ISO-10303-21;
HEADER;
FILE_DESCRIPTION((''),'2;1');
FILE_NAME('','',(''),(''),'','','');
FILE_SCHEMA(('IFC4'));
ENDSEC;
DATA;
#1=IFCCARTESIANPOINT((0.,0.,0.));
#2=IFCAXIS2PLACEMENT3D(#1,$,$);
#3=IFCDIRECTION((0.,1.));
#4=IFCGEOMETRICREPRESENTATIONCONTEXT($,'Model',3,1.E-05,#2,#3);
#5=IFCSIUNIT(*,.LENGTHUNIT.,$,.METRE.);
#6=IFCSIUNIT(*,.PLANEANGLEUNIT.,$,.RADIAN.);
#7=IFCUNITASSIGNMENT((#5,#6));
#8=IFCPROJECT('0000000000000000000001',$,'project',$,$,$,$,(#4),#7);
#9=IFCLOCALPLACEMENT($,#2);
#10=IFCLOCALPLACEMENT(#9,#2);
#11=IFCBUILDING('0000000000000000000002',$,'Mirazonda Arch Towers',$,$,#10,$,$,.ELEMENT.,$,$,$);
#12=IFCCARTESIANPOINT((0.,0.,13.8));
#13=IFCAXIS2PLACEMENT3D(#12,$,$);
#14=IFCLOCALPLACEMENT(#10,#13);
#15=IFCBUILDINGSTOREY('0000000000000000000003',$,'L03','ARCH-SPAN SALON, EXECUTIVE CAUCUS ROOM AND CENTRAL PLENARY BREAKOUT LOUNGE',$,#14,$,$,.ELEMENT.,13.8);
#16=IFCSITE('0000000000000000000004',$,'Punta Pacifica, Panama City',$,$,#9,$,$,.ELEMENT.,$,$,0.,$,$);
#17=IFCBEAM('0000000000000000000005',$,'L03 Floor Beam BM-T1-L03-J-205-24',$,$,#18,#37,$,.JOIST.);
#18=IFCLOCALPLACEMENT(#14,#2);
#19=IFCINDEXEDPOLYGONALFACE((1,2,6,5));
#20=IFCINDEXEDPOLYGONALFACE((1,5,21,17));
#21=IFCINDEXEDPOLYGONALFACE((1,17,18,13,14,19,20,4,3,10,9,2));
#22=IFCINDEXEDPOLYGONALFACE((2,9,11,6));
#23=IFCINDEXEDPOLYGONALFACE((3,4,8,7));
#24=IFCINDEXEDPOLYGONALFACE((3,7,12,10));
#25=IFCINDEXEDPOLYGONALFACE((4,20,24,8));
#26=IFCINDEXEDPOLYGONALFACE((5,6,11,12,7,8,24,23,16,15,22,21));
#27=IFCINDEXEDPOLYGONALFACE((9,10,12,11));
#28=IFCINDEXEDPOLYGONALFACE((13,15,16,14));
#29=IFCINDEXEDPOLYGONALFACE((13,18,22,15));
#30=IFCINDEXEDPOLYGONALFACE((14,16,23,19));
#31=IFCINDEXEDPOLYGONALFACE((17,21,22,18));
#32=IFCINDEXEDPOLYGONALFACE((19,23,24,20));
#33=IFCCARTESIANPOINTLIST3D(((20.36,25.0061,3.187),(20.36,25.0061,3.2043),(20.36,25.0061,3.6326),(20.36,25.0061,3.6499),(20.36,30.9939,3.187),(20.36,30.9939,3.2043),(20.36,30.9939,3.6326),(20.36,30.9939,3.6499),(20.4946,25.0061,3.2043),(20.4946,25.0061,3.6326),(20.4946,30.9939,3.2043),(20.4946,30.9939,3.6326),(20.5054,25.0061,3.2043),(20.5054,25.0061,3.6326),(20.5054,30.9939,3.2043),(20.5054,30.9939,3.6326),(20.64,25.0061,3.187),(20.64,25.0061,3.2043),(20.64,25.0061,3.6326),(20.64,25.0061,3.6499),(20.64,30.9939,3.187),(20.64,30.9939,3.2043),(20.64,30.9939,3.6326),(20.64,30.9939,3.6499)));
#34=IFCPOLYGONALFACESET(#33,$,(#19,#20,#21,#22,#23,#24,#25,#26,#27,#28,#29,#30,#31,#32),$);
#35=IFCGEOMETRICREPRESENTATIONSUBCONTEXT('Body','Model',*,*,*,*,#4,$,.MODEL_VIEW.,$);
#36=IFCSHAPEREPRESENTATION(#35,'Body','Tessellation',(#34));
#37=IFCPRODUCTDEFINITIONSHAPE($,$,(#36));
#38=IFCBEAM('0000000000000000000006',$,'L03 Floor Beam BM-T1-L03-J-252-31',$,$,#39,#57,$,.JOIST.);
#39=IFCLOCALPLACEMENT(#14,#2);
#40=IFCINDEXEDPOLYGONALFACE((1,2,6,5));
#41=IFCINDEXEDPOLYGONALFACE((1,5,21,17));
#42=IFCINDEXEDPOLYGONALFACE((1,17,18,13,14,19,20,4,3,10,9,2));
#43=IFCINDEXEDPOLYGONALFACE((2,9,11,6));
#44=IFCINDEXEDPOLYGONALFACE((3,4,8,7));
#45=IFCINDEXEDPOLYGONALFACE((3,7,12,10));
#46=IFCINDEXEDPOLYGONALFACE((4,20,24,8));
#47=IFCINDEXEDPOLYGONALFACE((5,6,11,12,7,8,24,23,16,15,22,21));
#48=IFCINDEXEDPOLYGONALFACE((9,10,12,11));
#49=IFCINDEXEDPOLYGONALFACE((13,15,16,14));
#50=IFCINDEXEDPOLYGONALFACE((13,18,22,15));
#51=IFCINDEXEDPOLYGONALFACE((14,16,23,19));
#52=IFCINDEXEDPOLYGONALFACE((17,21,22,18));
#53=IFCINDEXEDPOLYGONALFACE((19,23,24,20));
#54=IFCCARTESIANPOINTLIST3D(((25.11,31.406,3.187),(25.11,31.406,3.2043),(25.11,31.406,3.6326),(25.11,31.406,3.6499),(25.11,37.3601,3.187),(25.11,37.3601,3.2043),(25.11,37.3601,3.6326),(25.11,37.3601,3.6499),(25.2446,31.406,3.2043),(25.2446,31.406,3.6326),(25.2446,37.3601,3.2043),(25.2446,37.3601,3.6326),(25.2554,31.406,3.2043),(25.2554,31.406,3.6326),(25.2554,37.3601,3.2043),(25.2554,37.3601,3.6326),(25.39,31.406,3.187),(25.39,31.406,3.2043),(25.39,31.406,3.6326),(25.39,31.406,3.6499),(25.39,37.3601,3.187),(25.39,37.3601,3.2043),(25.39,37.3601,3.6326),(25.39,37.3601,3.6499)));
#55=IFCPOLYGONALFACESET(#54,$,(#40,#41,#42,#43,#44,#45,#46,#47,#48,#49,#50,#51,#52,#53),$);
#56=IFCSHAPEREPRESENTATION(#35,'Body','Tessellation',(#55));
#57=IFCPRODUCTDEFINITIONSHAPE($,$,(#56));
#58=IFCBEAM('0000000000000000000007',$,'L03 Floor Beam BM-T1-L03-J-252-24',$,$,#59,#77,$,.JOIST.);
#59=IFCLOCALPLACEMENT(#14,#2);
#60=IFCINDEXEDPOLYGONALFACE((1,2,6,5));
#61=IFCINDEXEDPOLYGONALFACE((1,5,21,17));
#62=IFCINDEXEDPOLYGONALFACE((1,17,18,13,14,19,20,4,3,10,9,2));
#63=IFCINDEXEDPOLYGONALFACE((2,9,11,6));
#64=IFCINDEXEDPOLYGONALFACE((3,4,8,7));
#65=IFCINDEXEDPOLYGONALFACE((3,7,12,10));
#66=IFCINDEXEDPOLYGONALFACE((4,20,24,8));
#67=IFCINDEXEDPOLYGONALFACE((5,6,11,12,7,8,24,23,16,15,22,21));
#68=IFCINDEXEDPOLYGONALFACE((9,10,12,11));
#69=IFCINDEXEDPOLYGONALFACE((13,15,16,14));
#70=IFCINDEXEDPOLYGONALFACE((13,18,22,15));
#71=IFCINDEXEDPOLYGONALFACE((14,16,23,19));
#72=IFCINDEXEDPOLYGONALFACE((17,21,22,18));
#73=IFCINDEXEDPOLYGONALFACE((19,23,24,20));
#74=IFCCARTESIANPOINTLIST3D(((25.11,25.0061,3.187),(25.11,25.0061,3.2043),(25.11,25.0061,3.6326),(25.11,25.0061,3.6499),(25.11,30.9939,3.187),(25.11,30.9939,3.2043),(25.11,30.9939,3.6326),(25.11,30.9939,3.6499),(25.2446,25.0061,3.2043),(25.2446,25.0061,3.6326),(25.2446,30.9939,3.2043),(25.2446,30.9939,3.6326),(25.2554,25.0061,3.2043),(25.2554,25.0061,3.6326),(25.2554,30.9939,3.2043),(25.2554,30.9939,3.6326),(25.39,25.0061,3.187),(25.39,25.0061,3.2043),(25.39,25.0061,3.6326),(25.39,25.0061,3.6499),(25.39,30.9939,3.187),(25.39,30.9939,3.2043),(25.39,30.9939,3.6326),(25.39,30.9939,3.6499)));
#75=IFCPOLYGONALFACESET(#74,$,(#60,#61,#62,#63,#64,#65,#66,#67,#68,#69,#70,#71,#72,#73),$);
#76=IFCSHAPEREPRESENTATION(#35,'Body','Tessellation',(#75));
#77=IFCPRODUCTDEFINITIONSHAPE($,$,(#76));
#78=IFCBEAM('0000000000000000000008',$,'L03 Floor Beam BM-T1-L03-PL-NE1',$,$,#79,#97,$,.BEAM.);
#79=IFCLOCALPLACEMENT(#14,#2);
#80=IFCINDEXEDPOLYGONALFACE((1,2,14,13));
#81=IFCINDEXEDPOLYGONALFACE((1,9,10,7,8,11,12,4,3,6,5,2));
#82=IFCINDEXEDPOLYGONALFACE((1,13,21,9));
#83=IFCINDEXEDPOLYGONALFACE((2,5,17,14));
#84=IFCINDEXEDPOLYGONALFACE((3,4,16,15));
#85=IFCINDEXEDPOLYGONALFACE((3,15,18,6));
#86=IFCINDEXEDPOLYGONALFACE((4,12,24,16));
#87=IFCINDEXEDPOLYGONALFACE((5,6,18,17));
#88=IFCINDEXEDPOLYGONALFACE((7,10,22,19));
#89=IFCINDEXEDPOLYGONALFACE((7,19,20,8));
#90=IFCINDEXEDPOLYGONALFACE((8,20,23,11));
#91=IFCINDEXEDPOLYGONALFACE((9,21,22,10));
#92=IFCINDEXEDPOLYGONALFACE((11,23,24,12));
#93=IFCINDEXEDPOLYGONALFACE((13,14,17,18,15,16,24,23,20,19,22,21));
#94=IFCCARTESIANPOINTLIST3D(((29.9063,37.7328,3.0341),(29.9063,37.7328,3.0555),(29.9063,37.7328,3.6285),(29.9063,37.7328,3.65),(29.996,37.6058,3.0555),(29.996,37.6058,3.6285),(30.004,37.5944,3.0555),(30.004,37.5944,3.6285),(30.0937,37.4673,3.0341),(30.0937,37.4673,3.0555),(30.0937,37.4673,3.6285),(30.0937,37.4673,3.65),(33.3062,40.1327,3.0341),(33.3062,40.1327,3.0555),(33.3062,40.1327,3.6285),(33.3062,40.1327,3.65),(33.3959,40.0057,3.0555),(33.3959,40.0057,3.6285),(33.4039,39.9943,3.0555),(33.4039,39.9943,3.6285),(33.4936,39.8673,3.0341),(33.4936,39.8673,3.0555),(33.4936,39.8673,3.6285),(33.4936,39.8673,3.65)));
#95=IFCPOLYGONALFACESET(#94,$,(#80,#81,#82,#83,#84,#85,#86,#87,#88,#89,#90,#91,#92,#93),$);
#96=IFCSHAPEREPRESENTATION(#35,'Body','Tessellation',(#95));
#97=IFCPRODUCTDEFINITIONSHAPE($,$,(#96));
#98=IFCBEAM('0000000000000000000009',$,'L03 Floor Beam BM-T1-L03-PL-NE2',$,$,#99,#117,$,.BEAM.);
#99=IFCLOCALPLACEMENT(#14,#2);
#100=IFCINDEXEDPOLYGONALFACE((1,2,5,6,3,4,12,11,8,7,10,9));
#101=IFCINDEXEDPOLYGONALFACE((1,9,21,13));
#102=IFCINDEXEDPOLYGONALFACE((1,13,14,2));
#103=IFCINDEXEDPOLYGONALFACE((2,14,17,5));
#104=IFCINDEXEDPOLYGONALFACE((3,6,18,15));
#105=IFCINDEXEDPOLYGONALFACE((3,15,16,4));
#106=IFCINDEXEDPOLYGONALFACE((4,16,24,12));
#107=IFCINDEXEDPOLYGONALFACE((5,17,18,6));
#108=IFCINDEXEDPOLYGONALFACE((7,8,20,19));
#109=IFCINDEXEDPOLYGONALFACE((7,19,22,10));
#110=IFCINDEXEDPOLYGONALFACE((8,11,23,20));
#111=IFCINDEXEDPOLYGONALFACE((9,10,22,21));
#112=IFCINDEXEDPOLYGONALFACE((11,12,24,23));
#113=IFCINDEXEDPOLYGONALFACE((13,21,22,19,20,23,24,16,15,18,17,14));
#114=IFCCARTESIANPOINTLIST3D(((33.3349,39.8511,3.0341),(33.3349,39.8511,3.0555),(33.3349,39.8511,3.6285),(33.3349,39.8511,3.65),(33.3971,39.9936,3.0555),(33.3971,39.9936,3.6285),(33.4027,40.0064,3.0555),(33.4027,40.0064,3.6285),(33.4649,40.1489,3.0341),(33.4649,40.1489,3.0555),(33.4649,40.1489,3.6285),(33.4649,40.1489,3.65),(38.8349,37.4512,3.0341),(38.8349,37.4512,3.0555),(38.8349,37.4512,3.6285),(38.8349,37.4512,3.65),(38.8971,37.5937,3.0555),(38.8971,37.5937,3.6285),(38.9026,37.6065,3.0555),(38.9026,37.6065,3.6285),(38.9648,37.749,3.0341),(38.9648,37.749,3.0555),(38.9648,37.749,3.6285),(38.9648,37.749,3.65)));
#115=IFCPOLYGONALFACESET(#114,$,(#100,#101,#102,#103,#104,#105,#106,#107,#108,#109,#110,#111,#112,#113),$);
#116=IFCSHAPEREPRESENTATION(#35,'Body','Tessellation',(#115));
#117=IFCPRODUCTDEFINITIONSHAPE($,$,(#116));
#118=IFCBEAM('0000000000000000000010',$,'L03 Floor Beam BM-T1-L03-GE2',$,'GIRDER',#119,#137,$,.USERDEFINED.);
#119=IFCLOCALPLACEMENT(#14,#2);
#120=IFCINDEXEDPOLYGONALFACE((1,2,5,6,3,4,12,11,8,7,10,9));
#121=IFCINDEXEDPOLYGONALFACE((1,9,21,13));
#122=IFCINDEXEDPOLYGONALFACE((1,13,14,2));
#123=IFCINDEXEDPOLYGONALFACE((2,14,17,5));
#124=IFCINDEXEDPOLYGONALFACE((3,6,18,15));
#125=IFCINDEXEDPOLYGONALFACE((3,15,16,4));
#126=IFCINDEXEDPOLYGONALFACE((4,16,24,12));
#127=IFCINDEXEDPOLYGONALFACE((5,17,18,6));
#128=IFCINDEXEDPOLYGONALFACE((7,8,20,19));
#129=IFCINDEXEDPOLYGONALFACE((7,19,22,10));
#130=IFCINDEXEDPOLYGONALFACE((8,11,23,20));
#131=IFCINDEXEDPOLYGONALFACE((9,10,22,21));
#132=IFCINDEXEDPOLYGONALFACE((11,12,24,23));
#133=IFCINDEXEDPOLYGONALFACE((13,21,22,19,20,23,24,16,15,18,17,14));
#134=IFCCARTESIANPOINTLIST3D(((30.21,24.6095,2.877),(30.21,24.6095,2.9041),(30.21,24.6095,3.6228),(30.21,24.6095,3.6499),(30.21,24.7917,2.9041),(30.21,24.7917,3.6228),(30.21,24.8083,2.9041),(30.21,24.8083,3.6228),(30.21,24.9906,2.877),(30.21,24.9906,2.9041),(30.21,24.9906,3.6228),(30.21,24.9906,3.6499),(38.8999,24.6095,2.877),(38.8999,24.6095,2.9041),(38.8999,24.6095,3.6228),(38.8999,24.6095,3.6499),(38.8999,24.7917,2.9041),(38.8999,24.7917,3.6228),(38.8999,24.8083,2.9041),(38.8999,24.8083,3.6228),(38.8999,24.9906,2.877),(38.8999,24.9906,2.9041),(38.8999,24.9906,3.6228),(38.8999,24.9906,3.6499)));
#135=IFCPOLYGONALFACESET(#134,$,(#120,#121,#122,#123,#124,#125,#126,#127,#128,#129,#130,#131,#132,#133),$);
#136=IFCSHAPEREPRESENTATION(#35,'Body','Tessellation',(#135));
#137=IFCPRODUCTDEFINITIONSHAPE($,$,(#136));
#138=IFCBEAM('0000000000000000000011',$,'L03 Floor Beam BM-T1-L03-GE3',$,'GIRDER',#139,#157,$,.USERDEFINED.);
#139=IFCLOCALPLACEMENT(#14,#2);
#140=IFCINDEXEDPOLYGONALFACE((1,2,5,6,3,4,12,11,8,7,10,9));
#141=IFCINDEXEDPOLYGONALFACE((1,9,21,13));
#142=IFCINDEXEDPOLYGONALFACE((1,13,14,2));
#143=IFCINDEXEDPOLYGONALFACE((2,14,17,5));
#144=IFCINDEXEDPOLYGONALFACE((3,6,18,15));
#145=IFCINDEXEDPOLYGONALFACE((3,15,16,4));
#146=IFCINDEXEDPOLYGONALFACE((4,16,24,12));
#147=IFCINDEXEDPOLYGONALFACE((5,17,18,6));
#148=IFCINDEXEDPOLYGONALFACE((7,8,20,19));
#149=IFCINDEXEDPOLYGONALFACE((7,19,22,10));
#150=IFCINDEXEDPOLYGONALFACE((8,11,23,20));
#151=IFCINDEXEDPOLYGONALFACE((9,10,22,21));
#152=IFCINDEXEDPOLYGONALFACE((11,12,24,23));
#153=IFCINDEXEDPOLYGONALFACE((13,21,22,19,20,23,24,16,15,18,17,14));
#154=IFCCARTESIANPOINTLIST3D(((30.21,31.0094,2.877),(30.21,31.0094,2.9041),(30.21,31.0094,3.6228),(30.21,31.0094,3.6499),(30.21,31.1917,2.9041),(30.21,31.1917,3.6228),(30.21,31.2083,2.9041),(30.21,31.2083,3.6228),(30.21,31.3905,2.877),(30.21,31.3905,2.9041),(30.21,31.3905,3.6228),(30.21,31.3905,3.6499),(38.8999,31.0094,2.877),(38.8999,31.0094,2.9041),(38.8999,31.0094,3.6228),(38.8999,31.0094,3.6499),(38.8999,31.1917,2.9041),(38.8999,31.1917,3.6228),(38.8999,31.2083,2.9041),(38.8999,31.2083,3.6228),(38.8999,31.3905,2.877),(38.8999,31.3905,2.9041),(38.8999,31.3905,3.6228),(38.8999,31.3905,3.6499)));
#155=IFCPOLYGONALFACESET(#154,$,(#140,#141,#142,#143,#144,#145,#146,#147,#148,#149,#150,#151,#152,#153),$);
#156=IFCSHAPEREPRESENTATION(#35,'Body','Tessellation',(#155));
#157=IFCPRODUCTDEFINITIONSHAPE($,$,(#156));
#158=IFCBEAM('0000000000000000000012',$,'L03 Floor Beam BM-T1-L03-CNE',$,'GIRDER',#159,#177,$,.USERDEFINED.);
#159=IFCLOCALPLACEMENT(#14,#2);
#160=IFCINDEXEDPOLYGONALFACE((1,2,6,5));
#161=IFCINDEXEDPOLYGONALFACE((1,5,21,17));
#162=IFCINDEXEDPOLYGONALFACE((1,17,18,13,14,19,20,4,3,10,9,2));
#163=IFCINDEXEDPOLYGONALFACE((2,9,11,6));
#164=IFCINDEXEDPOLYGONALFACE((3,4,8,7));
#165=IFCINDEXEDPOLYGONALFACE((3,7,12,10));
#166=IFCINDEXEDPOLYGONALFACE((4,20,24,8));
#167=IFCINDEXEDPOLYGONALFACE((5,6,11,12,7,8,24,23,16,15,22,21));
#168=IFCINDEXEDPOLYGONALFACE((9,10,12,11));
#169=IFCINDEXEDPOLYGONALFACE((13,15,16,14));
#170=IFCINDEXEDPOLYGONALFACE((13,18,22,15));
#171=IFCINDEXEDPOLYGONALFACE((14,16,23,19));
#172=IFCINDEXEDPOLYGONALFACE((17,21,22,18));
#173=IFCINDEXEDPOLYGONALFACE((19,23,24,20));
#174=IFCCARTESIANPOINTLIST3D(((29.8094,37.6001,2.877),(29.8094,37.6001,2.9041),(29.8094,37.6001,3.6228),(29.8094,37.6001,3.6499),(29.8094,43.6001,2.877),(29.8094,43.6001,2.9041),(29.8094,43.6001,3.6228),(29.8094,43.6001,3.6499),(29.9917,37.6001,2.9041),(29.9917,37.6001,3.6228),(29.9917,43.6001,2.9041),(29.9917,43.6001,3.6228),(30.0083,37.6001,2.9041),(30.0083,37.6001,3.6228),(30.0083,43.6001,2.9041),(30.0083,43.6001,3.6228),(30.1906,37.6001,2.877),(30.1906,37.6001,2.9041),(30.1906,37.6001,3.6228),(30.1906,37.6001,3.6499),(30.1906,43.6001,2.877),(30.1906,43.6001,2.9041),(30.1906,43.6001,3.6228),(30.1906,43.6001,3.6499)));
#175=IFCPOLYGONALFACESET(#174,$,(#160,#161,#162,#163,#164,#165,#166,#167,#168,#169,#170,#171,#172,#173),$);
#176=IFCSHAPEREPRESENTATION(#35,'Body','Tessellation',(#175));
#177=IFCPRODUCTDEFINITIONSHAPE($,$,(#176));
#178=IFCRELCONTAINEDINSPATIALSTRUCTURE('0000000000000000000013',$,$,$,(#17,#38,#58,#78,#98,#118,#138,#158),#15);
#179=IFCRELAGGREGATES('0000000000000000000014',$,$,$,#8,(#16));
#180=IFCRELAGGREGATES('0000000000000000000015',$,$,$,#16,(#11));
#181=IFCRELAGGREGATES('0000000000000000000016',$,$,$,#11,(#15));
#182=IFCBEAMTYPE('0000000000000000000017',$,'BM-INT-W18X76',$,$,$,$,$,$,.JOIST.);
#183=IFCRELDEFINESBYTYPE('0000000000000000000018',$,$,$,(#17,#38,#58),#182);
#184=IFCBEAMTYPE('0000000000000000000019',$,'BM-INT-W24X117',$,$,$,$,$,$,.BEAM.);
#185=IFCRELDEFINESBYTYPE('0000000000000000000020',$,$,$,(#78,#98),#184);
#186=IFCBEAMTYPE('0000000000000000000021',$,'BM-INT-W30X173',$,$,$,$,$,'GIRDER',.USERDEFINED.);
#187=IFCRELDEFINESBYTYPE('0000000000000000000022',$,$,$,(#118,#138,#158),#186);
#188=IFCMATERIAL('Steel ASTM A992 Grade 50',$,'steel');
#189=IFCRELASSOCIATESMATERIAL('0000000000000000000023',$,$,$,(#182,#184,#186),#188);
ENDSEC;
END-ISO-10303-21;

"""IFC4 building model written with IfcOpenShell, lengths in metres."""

from ifc_helpers import new_model, si_unit, direction, frame, origin, origin_2d, place, context, subcontext, project, spatial, i_section, extrude, material, material_profile, profile_set, type_object, element, save


model = new_model("IFC4")

# Units and contexts
model_context = context("Model", 3, precision=1e-05, world=origin(), true_north=direction((0.0, 1.0)))
body_context = subcontext(model_context, "Body", "Model", "MODEL_VIEW")
ifc_project = project(units=[si_unit("LENGTHUNIT", "METRE"), si_unit("PLANEANGLEUNIT", "RADIAN")], contexts=[model_context])

# Site, building, storey
site_placement = place(None, origin())
site = spatial("IfcSite", under=ifc_project, at=site_placement, Name="Punta Pacifica, Panama City", CompositionType="ELEMENT", RefElevation=0.0)
building_placement = place(site_placement, origin())
building = spatial("IfcBuilding", under=site, at=building_placement, Name="Mirazonda Arch Towers", CompositionType="ELEMENT")
storey_placement = place(building_placement, frame((0.0, 0.0, 13.8)))
storey = spatial("IfcBuildingStorey", under=building, at=storey_placement, Name="L03", Description="ARCH-SPAN SALON, EXECUTIVE CAUCUS ROOM AND CENTRAL PLENARY BREAKOUT LOUNGE", CompositionType="ELEMENT", Elevation=13.8)

# Beams
ifc_material_1 = material(Name="Steel ASTM A992 Grade 50", Category="steel")
ifc_material_profile_1 = material_profile(ifc_material_1, i_section(OverallWidth=0.28, OverallDepth=0.4629, WebThickness=0.0107, FlangeThickness=0.0173, at=origin_2d()), Name="W18X76")
ifc_profile_set_1 = profile_set([ifc_material_profile_1], Name="Steel ASTM A992 Grade 50")
beam_type_1 = type_object("IfcBeamType", Name="BM-INT-W18X76", PredefinedType="JOIST", material=ifc_profile_set_1)
beam_1_placement = place(storey_placement, frame((20.5, 25.0061, 3.4185), z_axis=(0.0, 1.0, 0.0), x_axis=(-1.0, 0.0, 0.0)))
element("IfcBeam", 1, at=beam_1_placement, inside=storey, type_object=beam_type_1, Name="L03 Floor Beam BM-T1-L03-J-205-24", PredefinedType="JOIST", context=body_context, shape_type="SweptSolid", body=[
    extrude(i_section(OverallWidth=0.28, OverallDepth=0.4629, WebThickness=0.0107, FlangeThickness=0.0173, at=origin_2d()), origin(), (0.0, 0.0, 1.0), 5.9878),
])
beam_2_placement = place(storey_placement, frame((25.25, 31.406, 3.4185), z_axis=(0.0, 1.0, 0.0), x_axis=(-1.0, 0.0, 0.0)))
element("IfcBeam", 2, at=beam_2_placement, inside=storey, type_object=beam_type_1, Name="L03 Floor Beam BM-T1-L03-J-252-31", PredefinedType="JOIST", context=body_context, shape_type="SweptSolid", body=[
    extrude(i_section(OverallWidth=0.28, OverallDepth=0.4629, WebThickness=0.0107, FlangeThickness=0.0173, at=origin_2d()), origin(), (0.0, 0.0, 1.0), 5.9541),
])
beam_3_placement = place(storey_placement, frame((25.25, 25.0061, 3.4185), z_axis=(0.0, 1.0, 0.0), x_axis=(-1.0, 0.0, 0.0)))
element("IfcBeam", 3, at=beam_3_placement, inside=storey, type_object=beam_type_1, Name="L03 Floor Beam BM-T1-L03-J-252-24", PredefinedType="JOIST", context=body_context, shape_type="SweptSolid", body=[
    extrude(i_section(OverallWidth=0.28, OverallDepth=0.4629, WebThickness=0.0107, FlangeThickness=0.0173, at=origin_2d()), origin(), (0.0, 0.0, 1.0), 5.9878),
])
ifc_material_profile_2 = material_profile(ifc_material_1, i_section(OverallWidth=0.325, OverallDepth=0.616, WebThickness=0.0139, FlangeThickness=0.0215, at=origin_2d()), Name="W24X117")
ifc_profile_set_2 = profile_set([ifc_material_profile_2], Name="Steel ASTM A992 Grade 50")
beam_type_2 = type_object("IfcBeamType", Name="BM-INT-W24X117", PredefinedType="BEAM", material=ifc_profile_set_2)
beam_4_placement = place(storey_placement, frame((33.3999, 40.0, 3.342), z_axis=(-0.816971, -0.576679, 0.0), x_axis=(0.576679, -0.816971, 0.0)))
element("IfcBeam", 4, at=beam_4_placement, inside=storey, type_object=beam_type_2, Name="L03 Floor Beam BM-T1-L03-PL-NE1", PredefinedType="BEAM", context=body_context, shape_type="SweptSolid", body=[
    extrude(i_section(OverallWidth=0.325, OverallDepth=0.616, WebThickness=0.0139, FlangeThickness=0.0215, at=origin_2d()), origin(), (0.0, 0.0, 1.0), 4.1616),
])
beam_5_placement = place(storey_placement, frame((33.3999, 40.0, 3.342), z_axis=(0.916545, -0.399931, 0.0), x_axis=(0.399931, 0.916545, 0.0)))
element("IfcBeam", 5, at=beam_5_placement, inside=storey, type_object=beam_type_2, Name="L03 Floor Beam BM-T1-L03-PL-NE2", PredefinedType="BEAM", context=body_context, shape_type="SweptSolid", body=[
    extrude(i_section(OverallWidth=0.325, OverallDepth=0.616, WebThickness=0.0139, FlangeThickness=0.0215, at=origin_2d()), origin(), (0.0, 0.0, 1.0), 6.0007),
])
ifc_material_profile_3 = material_profile(ifc_material_1, i_section(OverallWidth=0.3811, OverallDepth=0.7729, WebThickness=0.0166, FlangeThickness=0.0271, at=origin_2d()), Name="W30X173")
ifc_profile_set_3 = profile_set([ifc_material_profile_3], Name="Steel ASTM A992 Grade 50")
beam_type_3 = type_object("IfcBeamType", Name="BM-INT-W30X173", ElementType="GIRDER", PredefinedType="USERDEFINED", material=ifc_profile_set_3)
for number, where, z_axis, x_axis, name in (
    (6, (30.21, 24.8, 3.2634), (1.0, 0.0, 0.0), (0.0, 1.0, 0.0), "L03 Floor Beam BM-T1-L03-GE2"),
    (7, (30.21, 31.2, 3.2634), (1.0, 0.0, 0.0), (0.0, 1.0, 0.0), "L03 Floor Beam BM-T1-L03-GE3"),
):
    element("IfcBeam", number, at=place(storey_placement, frame(where, z_axis=z_axis, x_axis=x_axis)), inside=storey, type_object=beam_type_3, Name=name, ObjectType="GIRDER", PredefinedType="USERDEFINED", context=body_context, shape_type="SweptSolid", body=[
        extrude(i_section(OverallWidth=0.3811, OverallDepth=0.7729, WebThickness=0.0166, FlangeThickness=0.0271, at=origin_2d()), origin(), (0.0, 0.0, 1.0), 8.6899),
    ])
beam_6_placement = place(storey_placement, frame((30.0, 37.6001, 3.2634), z_axis=(0.0, 1.0, 0.0), x_axis=(-1.0, 0.0, 0.0)))
element("IfcBeam", 8, at=beam_6_placement, inside=storey, type_object=beam_type_3, Name="L03 Floor Beam BM-T1-L03-CNE", ObjectType="GIRDER", PredefinedType="USERDEFINED", context=body_context, shape_type="SweptSolid", body=[
    extrude(i_section(OverallWidth=0.3811, OverallDepth=0.7729, WebThickness=0.0166, FlangeThickness=0.0271, at=origin_2d()), origin(), (0.0, 0.0, 1.0), 6.0),
])

save(model, "model.ifc")
